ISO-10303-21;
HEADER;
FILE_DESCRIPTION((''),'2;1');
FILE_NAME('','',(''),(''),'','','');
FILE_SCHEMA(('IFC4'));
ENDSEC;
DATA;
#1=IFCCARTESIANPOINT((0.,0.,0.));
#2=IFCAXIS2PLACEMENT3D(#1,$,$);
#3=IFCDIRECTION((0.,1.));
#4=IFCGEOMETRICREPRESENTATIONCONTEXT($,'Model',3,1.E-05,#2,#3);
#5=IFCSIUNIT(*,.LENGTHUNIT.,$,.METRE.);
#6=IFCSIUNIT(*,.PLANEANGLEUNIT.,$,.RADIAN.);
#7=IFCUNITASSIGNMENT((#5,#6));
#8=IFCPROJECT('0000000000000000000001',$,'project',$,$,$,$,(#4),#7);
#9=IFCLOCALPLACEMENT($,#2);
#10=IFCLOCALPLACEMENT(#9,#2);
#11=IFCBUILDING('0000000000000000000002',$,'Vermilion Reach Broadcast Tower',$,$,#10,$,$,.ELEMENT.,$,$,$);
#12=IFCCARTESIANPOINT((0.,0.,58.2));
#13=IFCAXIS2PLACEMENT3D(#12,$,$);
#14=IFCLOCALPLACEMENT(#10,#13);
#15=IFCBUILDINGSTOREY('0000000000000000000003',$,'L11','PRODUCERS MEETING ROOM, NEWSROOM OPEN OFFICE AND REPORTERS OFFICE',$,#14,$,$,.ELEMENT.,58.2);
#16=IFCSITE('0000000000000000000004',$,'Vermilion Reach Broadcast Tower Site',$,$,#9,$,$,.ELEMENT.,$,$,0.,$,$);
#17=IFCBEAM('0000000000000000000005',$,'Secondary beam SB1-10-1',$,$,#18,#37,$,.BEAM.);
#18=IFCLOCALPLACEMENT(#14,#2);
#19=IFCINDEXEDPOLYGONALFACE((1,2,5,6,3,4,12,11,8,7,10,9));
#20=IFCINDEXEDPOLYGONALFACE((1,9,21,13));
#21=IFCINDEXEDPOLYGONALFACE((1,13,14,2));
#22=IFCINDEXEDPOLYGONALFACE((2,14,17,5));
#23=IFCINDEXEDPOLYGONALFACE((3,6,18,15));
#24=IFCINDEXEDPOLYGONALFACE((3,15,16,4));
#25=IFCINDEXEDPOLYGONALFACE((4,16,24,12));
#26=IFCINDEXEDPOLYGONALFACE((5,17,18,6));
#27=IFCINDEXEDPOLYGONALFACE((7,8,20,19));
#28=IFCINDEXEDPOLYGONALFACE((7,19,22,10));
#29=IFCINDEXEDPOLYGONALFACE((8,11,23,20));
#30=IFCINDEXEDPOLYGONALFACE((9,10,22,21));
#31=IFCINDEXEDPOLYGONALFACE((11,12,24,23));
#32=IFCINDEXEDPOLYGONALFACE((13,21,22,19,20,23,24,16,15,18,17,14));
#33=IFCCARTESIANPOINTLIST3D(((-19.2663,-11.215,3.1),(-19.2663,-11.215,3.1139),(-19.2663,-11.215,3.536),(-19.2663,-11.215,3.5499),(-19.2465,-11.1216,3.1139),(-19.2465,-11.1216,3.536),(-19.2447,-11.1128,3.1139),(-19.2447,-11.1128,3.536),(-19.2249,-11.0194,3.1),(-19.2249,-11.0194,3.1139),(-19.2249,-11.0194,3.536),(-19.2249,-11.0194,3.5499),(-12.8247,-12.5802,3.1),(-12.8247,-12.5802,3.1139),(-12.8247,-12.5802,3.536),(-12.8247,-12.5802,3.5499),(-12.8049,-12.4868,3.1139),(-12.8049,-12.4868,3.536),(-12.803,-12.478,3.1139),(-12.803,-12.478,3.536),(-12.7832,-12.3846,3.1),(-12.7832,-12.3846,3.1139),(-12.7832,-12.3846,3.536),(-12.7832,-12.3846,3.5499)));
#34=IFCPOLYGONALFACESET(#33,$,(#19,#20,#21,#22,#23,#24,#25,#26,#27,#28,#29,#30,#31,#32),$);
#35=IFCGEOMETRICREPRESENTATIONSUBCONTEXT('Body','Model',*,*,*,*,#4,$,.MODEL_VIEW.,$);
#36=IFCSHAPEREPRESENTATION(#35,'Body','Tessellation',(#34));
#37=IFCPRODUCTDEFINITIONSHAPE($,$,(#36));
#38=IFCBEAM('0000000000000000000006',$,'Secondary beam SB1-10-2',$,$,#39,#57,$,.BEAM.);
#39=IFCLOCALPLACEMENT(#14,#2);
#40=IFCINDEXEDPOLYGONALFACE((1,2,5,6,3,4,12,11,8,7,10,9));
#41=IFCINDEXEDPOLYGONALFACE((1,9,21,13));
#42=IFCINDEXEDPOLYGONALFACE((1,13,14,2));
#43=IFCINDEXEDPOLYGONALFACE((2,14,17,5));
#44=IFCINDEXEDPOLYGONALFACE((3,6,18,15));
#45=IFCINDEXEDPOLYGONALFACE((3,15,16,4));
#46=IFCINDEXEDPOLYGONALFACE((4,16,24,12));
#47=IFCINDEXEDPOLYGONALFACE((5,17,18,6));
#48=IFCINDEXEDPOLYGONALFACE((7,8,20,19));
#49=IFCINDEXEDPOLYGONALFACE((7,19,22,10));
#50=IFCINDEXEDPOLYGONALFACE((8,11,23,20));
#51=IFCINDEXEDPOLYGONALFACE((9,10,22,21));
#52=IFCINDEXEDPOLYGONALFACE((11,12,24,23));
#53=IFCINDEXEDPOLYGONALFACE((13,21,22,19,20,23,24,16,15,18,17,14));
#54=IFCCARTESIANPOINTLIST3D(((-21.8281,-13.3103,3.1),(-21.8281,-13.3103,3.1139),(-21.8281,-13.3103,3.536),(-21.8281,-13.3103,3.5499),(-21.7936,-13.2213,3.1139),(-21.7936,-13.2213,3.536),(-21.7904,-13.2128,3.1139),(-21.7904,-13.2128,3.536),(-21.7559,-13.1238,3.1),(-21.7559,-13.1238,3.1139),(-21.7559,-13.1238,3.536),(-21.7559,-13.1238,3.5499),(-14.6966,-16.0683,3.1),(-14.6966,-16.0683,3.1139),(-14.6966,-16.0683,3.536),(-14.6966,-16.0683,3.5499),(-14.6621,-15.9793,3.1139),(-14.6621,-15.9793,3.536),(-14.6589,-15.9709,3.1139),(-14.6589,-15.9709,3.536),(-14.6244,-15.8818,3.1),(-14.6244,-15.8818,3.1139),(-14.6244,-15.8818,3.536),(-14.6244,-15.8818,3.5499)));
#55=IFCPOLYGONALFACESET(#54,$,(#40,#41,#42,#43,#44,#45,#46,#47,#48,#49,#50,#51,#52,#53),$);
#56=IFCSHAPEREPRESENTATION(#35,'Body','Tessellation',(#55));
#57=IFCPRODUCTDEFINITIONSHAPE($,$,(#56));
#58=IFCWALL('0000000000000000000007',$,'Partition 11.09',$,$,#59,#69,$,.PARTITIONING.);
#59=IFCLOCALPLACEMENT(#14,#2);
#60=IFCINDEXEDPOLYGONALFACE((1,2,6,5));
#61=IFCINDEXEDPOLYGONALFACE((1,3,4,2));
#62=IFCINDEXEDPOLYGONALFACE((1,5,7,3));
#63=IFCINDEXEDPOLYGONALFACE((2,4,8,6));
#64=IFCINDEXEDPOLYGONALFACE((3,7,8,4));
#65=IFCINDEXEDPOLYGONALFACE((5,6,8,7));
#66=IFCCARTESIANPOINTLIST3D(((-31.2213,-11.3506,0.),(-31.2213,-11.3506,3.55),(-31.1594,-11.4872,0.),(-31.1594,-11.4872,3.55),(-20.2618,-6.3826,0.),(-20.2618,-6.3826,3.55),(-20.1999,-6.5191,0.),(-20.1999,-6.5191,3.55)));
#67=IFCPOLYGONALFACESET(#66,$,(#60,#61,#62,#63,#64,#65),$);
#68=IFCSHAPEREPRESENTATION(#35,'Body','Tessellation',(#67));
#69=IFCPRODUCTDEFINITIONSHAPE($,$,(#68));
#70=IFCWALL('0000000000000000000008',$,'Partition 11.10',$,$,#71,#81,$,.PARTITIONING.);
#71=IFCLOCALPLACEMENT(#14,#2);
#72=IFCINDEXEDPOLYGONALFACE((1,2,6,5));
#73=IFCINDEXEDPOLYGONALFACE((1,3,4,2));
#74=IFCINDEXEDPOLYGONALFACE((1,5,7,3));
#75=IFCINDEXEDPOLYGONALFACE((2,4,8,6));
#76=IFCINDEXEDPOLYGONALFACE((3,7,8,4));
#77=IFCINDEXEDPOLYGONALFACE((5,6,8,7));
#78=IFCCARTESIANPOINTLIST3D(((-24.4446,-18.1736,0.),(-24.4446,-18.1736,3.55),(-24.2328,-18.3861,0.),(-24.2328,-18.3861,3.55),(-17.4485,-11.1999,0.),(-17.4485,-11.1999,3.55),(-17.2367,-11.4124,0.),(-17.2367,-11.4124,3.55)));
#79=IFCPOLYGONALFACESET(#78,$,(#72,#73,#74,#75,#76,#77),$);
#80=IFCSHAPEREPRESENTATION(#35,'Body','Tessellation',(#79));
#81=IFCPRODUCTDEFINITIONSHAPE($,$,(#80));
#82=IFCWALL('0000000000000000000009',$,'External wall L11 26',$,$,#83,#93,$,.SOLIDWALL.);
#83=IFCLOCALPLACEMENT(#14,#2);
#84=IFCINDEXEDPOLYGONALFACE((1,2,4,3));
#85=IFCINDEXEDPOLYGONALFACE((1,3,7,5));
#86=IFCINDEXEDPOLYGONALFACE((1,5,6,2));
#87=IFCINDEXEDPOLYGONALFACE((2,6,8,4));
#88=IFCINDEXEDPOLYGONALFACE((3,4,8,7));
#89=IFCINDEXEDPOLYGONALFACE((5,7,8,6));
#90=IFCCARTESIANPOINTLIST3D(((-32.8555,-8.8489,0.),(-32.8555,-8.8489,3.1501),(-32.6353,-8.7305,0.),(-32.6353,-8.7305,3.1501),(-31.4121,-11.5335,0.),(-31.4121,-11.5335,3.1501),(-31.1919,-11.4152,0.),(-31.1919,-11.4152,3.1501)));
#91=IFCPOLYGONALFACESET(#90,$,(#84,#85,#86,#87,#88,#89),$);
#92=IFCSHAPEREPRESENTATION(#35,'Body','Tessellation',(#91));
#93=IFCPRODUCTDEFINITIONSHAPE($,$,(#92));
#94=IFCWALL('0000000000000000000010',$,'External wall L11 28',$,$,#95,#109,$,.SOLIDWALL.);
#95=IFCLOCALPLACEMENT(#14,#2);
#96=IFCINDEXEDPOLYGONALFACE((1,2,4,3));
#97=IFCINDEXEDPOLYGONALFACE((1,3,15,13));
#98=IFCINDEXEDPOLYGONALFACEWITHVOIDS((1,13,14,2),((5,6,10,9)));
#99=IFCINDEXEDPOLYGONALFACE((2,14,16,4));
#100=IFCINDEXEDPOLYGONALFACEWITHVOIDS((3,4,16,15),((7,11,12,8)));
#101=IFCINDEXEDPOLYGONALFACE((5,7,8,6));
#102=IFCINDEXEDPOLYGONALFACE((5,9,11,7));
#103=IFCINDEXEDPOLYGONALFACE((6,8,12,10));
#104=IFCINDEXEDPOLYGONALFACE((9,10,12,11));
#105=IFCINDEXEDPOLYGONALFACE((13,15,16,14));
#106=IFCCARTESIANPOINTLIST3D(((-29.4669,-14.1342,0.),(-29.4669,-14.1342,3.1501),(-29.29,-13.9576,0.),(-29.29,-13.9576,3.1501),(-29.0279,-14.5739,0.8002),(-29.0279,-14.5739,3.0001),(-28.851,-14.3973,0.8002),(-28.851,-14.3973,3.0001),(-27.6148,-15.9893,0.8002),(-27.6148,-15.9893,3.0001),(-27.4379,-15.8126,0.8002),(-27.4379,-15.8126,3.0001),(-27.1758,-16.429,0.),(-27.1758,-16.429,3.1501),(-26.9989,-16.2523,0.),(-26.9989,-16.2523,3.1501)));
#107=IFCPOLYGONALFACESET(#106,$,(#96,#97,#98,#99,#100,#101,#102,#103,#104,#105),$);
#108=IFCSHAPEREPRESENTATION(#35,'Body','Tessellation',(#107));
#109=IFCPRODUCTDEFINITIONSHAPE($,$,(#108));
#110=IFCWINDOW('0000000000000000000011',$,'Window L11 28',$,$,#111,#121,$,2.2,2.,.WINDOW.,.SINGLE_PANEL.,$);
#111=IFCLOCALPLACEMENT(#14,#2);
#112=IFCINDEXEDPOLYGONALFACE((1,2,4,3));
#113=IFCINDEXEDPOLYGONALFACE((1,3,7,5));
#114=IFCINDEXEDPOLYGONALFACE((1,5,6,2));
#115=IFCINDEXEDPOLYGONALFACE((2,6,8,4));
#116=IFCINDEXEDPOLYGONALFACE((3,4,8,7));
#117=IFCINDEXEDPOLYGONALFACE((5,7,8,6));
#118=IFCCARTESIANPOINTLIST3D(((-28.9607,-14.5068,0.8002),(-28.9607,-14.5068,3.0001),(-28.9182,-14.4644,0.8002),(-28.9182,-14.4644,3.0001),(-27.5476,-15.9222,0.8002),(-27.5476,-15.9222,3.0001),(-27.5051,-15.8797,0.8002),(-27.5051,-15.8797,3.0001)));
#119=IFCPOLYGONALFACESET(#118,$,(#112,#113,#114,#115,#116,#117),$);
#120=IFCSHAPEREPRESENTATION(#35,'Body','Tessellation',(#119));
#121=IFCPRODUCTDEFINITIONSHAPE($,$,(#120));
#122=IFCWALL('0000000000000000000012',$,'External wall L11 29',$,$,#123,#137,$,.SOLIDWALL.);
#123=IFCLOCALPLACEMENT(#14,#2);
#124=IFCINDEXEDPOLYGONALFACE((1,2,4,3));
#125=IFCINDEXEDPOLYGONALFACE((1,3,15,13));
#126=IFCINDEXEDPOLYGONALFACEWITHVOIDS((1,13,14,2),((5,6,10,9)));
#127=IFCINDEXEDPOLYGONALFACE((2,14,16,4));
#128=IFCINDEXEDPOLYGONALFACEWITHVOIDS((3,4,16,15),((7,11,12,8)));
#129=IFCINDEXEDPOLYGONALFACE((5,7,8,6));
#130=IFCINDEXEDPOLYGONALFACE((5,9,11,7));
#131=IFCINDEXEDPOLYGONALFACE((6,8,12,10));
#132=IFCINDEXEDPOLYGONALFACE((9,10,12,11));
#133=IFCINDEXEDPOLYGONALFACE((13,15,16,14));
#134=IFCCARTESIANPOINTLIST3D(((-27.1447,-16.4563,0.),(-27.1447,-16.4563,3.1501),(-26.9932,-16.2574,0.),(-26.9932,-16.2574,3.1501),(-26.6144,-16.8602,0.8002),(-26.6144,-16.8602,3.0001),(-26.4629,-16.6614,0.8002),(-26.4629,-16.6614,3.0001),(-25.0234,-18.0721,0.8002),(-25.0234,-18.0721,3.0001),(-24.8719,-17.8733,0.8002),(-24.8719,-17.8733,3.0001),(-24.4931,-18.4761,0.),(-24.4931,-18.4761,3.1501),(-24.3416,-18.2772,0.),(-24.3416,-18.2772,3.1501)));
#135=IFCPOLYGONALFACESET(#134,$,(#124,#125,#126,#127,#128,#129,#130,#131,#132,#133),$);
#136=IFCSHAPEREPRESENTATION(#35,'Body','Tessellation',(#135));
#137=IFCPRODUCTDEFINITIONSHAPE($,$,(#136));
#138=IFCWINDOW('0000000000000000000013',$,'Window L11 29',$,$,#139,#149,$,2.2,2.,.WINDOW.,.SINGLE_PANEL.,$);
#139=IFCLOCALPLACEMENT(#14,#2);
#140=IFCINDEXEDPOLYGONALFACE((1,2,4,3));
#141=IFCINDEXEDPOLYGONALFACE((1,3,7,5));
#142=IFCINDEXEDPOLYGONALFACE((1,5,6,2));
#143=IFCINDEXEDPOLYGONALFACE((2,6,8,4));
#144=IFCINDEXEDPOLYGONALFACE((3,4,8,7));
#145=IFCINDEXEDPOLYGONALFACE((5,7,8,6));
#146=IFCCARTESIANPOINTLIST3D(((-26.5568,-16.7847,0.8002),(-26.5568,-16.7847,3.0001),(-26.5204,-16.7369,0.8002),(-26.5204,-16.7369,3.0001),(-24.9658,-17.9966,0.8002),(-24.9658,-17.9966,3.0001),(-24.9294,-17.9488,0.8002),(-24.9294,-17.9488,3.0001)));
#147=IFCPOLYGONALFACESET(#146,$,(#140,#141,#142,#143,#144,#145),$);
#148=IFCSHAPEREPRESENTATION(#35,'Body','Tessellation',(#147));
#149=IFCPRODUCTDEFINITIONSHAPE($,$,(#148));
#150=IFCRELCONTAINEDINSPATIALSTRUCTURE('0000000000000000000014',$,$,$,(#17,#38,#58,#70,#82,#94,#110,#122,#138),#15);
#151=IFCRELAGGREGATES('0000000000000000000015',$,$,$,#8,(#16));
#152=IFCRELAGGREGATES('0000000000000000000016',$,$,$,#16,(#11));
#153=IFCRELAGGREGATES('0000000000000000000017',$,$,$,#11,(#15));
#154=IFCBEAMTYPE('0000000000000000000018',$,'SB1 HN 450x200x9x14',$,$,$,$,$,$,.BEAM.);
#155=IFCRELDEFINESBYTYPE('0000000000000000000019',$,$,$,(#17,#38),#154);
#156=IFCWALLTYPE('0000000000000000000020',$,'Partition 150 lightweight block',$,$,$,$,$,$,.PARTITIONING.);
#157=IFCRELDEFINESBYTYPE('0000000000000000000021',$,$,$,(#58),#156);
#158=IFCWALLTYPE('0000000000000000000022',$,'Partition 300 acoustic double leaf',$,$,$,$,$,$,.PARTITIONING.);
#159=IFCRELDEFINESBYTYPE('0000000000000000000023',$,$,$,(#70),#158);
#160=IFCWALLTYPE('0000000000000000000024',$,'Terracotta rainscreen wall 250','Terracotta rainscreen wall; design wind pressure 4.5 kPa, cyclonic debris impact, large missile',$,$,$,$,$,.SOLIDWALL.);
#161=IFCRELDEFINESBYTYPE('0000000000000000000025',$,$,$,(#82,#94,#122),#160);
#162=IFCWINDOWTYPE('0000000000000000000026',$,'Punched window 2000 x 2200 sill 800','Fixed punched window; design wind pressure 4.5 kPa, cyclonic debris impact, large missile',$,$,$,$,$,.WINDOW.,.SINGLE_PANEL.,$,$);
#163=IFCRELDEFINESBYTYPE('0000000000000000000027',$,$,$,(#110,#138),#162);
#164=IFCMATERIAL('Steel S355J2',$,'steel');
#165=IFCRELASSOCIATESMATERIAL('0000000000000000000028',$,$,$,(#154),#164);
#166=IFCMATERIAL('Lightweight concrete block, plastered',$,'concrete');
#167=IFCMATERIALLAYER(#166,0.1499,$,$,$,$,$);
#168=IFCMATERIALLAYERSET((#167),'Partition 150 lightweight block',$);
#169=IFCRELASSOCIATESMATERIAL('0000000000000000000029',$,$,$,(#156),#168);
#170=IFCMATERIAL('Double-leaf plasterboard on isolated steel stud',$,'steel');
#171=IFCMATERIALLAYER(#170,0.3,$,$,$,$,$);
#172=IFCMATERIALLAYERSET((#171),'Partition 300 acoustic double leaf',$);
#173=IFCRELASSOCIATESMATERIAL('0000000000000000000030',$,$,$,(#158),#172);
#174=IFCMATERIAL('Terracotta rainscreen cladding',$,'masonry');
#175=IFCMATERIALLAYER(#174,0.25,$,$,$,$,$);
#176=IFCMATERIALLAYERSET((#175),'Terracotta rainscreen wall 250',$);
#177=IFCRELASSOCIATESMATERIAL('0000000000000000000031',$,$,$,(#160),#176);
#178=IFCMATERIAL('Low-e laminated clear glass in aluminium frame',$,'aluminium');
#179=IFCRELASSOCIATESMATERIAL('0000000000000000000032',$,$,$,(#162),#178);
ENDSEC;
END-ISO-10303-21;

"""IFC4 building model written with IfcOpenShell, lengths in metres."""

from ifc_helpers import new_model, si_unit, direction, frame, frame_2d, origin, origin_2d, place, context, subcontext, project, spatial, rectangle, i_section, extrude, material, layer, layer_set, material_profile, profile_set, type_object, element, fill, save


model = new_model("IFC4")

# Units and contexts
model_context = context("Model", 3, precision=1e-05, world=origin(), true_north=direction((0.0, 1.0)))
body_context = subcontext(model_context, "Body", "Model", "MODEL_VIEW")
ifc_project = project(units=[si_unit("LENGTHUNIT", "METRE"), si_unit("PLANEANGLEUNIT", "RADIAN")], contexts=[model_context])

# Site, building, storey
site_placement = place(None, origin())
site = spatial("IfcSite", under=ifc_project, at=site_placement, Name="Vermilion Reach Broadcast Tower Site", CompositionType="ELEMENT", RefElevation=0.0)
building_placement = place(site_placement, origin())
building = spatial("IfcBuilding", under=site, at=building_placement, Name="Vermilion Reach Broadcast Tower", CompositionType="ELEMENT")
storey_placement = place(building_placement, frame((0.0, 0.0, 58.2)))
storey = spatial("IfcBuildingStorey", under=building, at=storey_placement, Name="L11", Description="PRODUCERS MEETING ROOM, NEWSROOM OPEN OFFICE AND REPORTERS OFFICE", CompositionType="ELEMENT", Elevation=58.2)

# Beams
ifc_material_1 = material(Name="Steel S355J2", Category="steel")
ifc_material_profile_1 = material_profile(ifc_material_1, i_section(OverallWidth=0.2, OverallDepth=0.45, WebThickness=0.009, FlangeThickness=0.0139, at=origin_2d()), Name="S355J2 HN 450x200x9x14")
ifc_profile_set_1 = profile_set([ifc_material_profile_1], Name="Steel S355J2")
beam_type_1 = type_object("IfcBeamType", Name="SB1 HN 450x200x9x14", PredefinedType="BEAM", material=ifc_profile_set_1)
beam_1_placement = place(storey_placement, frame((-19.2456, -11.1172, 3.325), z_axis=(0.97827, -0.207333, 0.0), x_axis=(0.207333, 0.97827, 0.0)))
element("IfcBeam", 1, at=beam_1_placement, inside=storey, type_object=beam_type_1, Name="Secondary beam SB1-10-1", PredefinedType="BEAM", context=body_context, shape_type="SweptSolid", body=[
    extrude(i_section(OverallWidth=0.2, OverallDepth=0.45, WebThickness=0.009, FlangeThickness=0.0139, at=origin_2d()), origin(), (0.0, 0.0, 1.0), 6.5847),
])
beam_2_placement = place(storey_placement, frame((-21.792, -13.217, 3.325), z_axis=(0.932681, -0.360703, 0.0), x_axis=(0.360703, 0.932681, 0.0)))
element("IfcBeam", 2, at=beam_2_placement, inside=storey, type_object=beam_type_1, Name="Secondary beam SB1-10-2", PredefinedType="BEAM", context=body_context, shape_type="SweptSolid", body=[
    extrude(i_section(OverallWidth=0.2, OverallDepth=0.45, WebThickness=0.009, FlangeThickness=0.0139, at=origin_2d()), origin(), (0.0, 0.0, 1.0), 7.6462),
])

# Walls
ifc_material_2 = material(Name="Lightweight concrete block, plastered", Category="concrete")
ifc_layer_1 = layer(ifc_material_2, 0.1499)
ifc_layer_set_1 = layer_set([ifc_layer_1], Name="Partition 150 lightweight block")
wall_type_1 = type_object("IfcWallType", Name="Partition 150 lightweight block", PredefinedType="PARTITIONING", material=ifc_layer_set_1)
wall_1_placement = place(storey_placement, frame((-31.1904, -11.4189, 0.0), z_axis=(0.0, 0.0, 1.0), x_axis=(0.910791, 0.412869, 0.0)))
element("IfcWall", 3, at=wall_1_placement, inside=storey, type_object=wall_type_1, Name="Partition 11.09", PredefinedType="PARTITIONING", context=body_context, shape_type="SweptSolid", body=[
    extrude(rectangle(XDim=12.033, YDim=0.1499, at=frame_2d((6.0166, 0.0))), origin(), (0.0, 0.0, 1.0), 3.55),
])
ifc_material_3 = material(Name="Double-leaf plasterboard on isolated steel stud", Category="steel")
ifc_layer_2 = layer(ifc_material_3, 0.3)
ifc_layer_set_2 = layer_set([ifc_layer_2], Name="Partition 300 acoustic double leaf")
wall_type_2 = type_object("IfcWallType", Name="Partition 300 acoustic double leaf", PredefinedType="PARTITIONING", material=ifc_layer_set_2)
wall_2_placement = place(storey_placement, frame((-24.3386, -18.2798, 0.0), z_axis=(0.0, 0.0, 1.0), x_axis=(0.708243, 0.705969, 0.0)))
element("IfcWall", 4, at=wall_2_placement, inside=storey, type_object=wall_type_2, Name="Partition 11.10", PredefinedType="PARTITIONING", context=body_context, shape_type="SweptSolid", body=[
    extrude(rectangle(XDim=9.8782, YDim=0.3, at=frame_2d((4.939, 0.0))), origin(), (0.0, 0.0, 1.0), 3.55),
])
ifc_material_4 = material(Name="Terracotta rainscreen cladding", Category="masonry")
ifc_layer_3 = layer(ifc_material_4, 0.25)
ifc_layer_set_3 = layer_set([ifc_layer_3], Name="Terracotta rainscreen wall 250")
wall_type_3 = type_object("IfcWallType", Name="Terracotta rainscreen wall 250", Description="Terracotta rainscreen wall; design wind pressure 4.5 kPa, cyclonic debris impact, large missile", PredefinedType="SOLIDWALL", material=ifc_layer_set_3)
wall_3_placement = place(storey_placement, frame((-32.7454, -8.7898, 0.0), z_axis=(0.0, 0.0, 1.0), x_axis=(0.473546, -0.880769, 0.0)))
element("IfcWall", 5, at=wall_3_placement, inside=storey, type_object=wall_type_3, Name="External wall L11 26", PredefinedType="SOLIDWALL", context=body_context, shape_type="SweptSolid", body=[
    extrude(rectangle(XDim=3.0481, YDim=0.25, at=frame_2d((1.5239, 0.0))), origin(), (0.0, 0.0, 1.0), 3.1501),
])

# Walls, openings, windows
wall_4_placement = place(storey_placement, frame((-29.3784, -14.0459, 0.0), z_axis=(0.0, 0.0, 1.0), x_axis=(0.706542, -0.707671, 0.0)))
wall_4 = element("IfcWall", 6, at=wall_4_placement, inside=storey, type_object=wall_type_3, Name="External wall L11 28", PredefinedType="SOLIDWALL", context=body_context, shape_type="SweptSolid", body=[
    extrude(rectangle(XDim=3.2427, YDim=0.25, at=frame_2d((1.6213, 0.0))), origin(), (0.0, 0.0, 1.0), 3.1501),
])
opening_1_placement = place(wall_4_placement, frame((0.6213, 0.0, 0.8)))
opening_1 = element("IfcOpeningElement", 7, at=opening_1_placement, cuts=wall_4, PredefinedType="OPENING", context=body_context, shape_type="SweptSolid", body=[
    extrude(rectangle(XDim=2.0, YDim=2.2, at=frame_2d((1.0, 1.1001))), frame((0.0, 0.135, 0.0), z_axis=(0.0, -1.0, 0.0), x_axis=(1.0, 0.0, 0.0)), (0.0, 0.0, 1.0), 0.27),
])
ifc_material_5 = material(Name="Low-e laminated clear glass in aluminium frame", Category="aluminium")
window_type = type_object("IfcWindowType", Name="Punched window 2000 x 2200 sill 800", Description="Fixed punched window; design wind pressure 4.5 kPa, cyclonic debris impact, large missile", PartitioningType="SINGLE_PANEL", PredefinedType="WINDOW", material=ifc_material_5)
window_1_placement = place(opening_1_placement, origin())
window_1 = element("IfcWindow", 8, at=window_1_placement, inside=storey, type_object=window_type, Name="Window L11 28", OverallHeight=2.2, OverallWidth=2.0, PartitioningType="SINGLE_PANEL", PredefinedType="WINDOW", context=body_context, shape_type="SweptSolid", body=[
    extrude(rectangle(XDim=2.0, YDim=2.2, at=frame_2d((1.0, 1.1001))), frame((0.0, 0.03, 0.0), z_axis=(0.0, -1.0, 0.0), x_axis=(1.0, 0.0, 0.0)), (0.0, 0.0, 1.0), 0.0601),
])
fill(opening_1, window_1)
wall_5_placement = place(storey_placement, frame((-27.0688, -16.3569, 0.0), z_axis=(0.0, 0.0, 1.0), x_axis=(0.795504, -0.605948, 0.0)))
wall_5 = element("IfcWall", 9, at=wall_5_placement, inside=storey, type_object=wall_type_3, Name="External wall L11 29", PredefinedType="SOLIDWALL", context=body_context, shape_type="SweptSolid", body=[
    extrude(rectangle(XDim=3.3333, YDim=0.25, at=frame_2d((1.6665, 0.0))), origin(), (0.0, 0.0, 1.0), 3.1501),
])
opening_2_placement = place(wall_5_placement, frame((0.6665, 0.0, 0.8)))
opening_2 = element("IfcOpeningElement", 10, at=opening_2_placement, cuts=wall_5, PredefinedType="OPENING", context=body_context, shape_type="SweptSolid", body=[
    extrude(rectangle(XDim=2.0, YDim=2.2, at=frame_2d((1.0, 1.1001))), frame((0.0, 0.135, 0.0), z_axis=(0.0, -1.0, 0.0), x_axis=(1.0, 0.0, 0.0)), (0.0, 0.0, 1.0), 0.27),
])
window_2_placement = place(opening_2_placement, origin())
window_2 = element("IfcWindow", 11, at=window_2_placement, inside=storey, type_object=window_type, Name="Window L11 29", OverallHeight=2.2, OverallWidth=2.0, PartitioningType="SINGLE_PANEL", PredefinedType="WINDOW", context=body_context, shape_type="SweptSolid", body=[
    extrude(rectangle(XDim=2.0, YDim=2.2, at=frame_2d((1.0, 1.1001))), frame((0.0, 0.03, 0.0), z_axis=(0.0, -1.0, 0.0), x_axis=(1.0, 0.0, 0.0)), (0.0, 0.0, 1.0), 0.0601),
])
fill(opening_2, window_2)

save(model, "model.ifc")
